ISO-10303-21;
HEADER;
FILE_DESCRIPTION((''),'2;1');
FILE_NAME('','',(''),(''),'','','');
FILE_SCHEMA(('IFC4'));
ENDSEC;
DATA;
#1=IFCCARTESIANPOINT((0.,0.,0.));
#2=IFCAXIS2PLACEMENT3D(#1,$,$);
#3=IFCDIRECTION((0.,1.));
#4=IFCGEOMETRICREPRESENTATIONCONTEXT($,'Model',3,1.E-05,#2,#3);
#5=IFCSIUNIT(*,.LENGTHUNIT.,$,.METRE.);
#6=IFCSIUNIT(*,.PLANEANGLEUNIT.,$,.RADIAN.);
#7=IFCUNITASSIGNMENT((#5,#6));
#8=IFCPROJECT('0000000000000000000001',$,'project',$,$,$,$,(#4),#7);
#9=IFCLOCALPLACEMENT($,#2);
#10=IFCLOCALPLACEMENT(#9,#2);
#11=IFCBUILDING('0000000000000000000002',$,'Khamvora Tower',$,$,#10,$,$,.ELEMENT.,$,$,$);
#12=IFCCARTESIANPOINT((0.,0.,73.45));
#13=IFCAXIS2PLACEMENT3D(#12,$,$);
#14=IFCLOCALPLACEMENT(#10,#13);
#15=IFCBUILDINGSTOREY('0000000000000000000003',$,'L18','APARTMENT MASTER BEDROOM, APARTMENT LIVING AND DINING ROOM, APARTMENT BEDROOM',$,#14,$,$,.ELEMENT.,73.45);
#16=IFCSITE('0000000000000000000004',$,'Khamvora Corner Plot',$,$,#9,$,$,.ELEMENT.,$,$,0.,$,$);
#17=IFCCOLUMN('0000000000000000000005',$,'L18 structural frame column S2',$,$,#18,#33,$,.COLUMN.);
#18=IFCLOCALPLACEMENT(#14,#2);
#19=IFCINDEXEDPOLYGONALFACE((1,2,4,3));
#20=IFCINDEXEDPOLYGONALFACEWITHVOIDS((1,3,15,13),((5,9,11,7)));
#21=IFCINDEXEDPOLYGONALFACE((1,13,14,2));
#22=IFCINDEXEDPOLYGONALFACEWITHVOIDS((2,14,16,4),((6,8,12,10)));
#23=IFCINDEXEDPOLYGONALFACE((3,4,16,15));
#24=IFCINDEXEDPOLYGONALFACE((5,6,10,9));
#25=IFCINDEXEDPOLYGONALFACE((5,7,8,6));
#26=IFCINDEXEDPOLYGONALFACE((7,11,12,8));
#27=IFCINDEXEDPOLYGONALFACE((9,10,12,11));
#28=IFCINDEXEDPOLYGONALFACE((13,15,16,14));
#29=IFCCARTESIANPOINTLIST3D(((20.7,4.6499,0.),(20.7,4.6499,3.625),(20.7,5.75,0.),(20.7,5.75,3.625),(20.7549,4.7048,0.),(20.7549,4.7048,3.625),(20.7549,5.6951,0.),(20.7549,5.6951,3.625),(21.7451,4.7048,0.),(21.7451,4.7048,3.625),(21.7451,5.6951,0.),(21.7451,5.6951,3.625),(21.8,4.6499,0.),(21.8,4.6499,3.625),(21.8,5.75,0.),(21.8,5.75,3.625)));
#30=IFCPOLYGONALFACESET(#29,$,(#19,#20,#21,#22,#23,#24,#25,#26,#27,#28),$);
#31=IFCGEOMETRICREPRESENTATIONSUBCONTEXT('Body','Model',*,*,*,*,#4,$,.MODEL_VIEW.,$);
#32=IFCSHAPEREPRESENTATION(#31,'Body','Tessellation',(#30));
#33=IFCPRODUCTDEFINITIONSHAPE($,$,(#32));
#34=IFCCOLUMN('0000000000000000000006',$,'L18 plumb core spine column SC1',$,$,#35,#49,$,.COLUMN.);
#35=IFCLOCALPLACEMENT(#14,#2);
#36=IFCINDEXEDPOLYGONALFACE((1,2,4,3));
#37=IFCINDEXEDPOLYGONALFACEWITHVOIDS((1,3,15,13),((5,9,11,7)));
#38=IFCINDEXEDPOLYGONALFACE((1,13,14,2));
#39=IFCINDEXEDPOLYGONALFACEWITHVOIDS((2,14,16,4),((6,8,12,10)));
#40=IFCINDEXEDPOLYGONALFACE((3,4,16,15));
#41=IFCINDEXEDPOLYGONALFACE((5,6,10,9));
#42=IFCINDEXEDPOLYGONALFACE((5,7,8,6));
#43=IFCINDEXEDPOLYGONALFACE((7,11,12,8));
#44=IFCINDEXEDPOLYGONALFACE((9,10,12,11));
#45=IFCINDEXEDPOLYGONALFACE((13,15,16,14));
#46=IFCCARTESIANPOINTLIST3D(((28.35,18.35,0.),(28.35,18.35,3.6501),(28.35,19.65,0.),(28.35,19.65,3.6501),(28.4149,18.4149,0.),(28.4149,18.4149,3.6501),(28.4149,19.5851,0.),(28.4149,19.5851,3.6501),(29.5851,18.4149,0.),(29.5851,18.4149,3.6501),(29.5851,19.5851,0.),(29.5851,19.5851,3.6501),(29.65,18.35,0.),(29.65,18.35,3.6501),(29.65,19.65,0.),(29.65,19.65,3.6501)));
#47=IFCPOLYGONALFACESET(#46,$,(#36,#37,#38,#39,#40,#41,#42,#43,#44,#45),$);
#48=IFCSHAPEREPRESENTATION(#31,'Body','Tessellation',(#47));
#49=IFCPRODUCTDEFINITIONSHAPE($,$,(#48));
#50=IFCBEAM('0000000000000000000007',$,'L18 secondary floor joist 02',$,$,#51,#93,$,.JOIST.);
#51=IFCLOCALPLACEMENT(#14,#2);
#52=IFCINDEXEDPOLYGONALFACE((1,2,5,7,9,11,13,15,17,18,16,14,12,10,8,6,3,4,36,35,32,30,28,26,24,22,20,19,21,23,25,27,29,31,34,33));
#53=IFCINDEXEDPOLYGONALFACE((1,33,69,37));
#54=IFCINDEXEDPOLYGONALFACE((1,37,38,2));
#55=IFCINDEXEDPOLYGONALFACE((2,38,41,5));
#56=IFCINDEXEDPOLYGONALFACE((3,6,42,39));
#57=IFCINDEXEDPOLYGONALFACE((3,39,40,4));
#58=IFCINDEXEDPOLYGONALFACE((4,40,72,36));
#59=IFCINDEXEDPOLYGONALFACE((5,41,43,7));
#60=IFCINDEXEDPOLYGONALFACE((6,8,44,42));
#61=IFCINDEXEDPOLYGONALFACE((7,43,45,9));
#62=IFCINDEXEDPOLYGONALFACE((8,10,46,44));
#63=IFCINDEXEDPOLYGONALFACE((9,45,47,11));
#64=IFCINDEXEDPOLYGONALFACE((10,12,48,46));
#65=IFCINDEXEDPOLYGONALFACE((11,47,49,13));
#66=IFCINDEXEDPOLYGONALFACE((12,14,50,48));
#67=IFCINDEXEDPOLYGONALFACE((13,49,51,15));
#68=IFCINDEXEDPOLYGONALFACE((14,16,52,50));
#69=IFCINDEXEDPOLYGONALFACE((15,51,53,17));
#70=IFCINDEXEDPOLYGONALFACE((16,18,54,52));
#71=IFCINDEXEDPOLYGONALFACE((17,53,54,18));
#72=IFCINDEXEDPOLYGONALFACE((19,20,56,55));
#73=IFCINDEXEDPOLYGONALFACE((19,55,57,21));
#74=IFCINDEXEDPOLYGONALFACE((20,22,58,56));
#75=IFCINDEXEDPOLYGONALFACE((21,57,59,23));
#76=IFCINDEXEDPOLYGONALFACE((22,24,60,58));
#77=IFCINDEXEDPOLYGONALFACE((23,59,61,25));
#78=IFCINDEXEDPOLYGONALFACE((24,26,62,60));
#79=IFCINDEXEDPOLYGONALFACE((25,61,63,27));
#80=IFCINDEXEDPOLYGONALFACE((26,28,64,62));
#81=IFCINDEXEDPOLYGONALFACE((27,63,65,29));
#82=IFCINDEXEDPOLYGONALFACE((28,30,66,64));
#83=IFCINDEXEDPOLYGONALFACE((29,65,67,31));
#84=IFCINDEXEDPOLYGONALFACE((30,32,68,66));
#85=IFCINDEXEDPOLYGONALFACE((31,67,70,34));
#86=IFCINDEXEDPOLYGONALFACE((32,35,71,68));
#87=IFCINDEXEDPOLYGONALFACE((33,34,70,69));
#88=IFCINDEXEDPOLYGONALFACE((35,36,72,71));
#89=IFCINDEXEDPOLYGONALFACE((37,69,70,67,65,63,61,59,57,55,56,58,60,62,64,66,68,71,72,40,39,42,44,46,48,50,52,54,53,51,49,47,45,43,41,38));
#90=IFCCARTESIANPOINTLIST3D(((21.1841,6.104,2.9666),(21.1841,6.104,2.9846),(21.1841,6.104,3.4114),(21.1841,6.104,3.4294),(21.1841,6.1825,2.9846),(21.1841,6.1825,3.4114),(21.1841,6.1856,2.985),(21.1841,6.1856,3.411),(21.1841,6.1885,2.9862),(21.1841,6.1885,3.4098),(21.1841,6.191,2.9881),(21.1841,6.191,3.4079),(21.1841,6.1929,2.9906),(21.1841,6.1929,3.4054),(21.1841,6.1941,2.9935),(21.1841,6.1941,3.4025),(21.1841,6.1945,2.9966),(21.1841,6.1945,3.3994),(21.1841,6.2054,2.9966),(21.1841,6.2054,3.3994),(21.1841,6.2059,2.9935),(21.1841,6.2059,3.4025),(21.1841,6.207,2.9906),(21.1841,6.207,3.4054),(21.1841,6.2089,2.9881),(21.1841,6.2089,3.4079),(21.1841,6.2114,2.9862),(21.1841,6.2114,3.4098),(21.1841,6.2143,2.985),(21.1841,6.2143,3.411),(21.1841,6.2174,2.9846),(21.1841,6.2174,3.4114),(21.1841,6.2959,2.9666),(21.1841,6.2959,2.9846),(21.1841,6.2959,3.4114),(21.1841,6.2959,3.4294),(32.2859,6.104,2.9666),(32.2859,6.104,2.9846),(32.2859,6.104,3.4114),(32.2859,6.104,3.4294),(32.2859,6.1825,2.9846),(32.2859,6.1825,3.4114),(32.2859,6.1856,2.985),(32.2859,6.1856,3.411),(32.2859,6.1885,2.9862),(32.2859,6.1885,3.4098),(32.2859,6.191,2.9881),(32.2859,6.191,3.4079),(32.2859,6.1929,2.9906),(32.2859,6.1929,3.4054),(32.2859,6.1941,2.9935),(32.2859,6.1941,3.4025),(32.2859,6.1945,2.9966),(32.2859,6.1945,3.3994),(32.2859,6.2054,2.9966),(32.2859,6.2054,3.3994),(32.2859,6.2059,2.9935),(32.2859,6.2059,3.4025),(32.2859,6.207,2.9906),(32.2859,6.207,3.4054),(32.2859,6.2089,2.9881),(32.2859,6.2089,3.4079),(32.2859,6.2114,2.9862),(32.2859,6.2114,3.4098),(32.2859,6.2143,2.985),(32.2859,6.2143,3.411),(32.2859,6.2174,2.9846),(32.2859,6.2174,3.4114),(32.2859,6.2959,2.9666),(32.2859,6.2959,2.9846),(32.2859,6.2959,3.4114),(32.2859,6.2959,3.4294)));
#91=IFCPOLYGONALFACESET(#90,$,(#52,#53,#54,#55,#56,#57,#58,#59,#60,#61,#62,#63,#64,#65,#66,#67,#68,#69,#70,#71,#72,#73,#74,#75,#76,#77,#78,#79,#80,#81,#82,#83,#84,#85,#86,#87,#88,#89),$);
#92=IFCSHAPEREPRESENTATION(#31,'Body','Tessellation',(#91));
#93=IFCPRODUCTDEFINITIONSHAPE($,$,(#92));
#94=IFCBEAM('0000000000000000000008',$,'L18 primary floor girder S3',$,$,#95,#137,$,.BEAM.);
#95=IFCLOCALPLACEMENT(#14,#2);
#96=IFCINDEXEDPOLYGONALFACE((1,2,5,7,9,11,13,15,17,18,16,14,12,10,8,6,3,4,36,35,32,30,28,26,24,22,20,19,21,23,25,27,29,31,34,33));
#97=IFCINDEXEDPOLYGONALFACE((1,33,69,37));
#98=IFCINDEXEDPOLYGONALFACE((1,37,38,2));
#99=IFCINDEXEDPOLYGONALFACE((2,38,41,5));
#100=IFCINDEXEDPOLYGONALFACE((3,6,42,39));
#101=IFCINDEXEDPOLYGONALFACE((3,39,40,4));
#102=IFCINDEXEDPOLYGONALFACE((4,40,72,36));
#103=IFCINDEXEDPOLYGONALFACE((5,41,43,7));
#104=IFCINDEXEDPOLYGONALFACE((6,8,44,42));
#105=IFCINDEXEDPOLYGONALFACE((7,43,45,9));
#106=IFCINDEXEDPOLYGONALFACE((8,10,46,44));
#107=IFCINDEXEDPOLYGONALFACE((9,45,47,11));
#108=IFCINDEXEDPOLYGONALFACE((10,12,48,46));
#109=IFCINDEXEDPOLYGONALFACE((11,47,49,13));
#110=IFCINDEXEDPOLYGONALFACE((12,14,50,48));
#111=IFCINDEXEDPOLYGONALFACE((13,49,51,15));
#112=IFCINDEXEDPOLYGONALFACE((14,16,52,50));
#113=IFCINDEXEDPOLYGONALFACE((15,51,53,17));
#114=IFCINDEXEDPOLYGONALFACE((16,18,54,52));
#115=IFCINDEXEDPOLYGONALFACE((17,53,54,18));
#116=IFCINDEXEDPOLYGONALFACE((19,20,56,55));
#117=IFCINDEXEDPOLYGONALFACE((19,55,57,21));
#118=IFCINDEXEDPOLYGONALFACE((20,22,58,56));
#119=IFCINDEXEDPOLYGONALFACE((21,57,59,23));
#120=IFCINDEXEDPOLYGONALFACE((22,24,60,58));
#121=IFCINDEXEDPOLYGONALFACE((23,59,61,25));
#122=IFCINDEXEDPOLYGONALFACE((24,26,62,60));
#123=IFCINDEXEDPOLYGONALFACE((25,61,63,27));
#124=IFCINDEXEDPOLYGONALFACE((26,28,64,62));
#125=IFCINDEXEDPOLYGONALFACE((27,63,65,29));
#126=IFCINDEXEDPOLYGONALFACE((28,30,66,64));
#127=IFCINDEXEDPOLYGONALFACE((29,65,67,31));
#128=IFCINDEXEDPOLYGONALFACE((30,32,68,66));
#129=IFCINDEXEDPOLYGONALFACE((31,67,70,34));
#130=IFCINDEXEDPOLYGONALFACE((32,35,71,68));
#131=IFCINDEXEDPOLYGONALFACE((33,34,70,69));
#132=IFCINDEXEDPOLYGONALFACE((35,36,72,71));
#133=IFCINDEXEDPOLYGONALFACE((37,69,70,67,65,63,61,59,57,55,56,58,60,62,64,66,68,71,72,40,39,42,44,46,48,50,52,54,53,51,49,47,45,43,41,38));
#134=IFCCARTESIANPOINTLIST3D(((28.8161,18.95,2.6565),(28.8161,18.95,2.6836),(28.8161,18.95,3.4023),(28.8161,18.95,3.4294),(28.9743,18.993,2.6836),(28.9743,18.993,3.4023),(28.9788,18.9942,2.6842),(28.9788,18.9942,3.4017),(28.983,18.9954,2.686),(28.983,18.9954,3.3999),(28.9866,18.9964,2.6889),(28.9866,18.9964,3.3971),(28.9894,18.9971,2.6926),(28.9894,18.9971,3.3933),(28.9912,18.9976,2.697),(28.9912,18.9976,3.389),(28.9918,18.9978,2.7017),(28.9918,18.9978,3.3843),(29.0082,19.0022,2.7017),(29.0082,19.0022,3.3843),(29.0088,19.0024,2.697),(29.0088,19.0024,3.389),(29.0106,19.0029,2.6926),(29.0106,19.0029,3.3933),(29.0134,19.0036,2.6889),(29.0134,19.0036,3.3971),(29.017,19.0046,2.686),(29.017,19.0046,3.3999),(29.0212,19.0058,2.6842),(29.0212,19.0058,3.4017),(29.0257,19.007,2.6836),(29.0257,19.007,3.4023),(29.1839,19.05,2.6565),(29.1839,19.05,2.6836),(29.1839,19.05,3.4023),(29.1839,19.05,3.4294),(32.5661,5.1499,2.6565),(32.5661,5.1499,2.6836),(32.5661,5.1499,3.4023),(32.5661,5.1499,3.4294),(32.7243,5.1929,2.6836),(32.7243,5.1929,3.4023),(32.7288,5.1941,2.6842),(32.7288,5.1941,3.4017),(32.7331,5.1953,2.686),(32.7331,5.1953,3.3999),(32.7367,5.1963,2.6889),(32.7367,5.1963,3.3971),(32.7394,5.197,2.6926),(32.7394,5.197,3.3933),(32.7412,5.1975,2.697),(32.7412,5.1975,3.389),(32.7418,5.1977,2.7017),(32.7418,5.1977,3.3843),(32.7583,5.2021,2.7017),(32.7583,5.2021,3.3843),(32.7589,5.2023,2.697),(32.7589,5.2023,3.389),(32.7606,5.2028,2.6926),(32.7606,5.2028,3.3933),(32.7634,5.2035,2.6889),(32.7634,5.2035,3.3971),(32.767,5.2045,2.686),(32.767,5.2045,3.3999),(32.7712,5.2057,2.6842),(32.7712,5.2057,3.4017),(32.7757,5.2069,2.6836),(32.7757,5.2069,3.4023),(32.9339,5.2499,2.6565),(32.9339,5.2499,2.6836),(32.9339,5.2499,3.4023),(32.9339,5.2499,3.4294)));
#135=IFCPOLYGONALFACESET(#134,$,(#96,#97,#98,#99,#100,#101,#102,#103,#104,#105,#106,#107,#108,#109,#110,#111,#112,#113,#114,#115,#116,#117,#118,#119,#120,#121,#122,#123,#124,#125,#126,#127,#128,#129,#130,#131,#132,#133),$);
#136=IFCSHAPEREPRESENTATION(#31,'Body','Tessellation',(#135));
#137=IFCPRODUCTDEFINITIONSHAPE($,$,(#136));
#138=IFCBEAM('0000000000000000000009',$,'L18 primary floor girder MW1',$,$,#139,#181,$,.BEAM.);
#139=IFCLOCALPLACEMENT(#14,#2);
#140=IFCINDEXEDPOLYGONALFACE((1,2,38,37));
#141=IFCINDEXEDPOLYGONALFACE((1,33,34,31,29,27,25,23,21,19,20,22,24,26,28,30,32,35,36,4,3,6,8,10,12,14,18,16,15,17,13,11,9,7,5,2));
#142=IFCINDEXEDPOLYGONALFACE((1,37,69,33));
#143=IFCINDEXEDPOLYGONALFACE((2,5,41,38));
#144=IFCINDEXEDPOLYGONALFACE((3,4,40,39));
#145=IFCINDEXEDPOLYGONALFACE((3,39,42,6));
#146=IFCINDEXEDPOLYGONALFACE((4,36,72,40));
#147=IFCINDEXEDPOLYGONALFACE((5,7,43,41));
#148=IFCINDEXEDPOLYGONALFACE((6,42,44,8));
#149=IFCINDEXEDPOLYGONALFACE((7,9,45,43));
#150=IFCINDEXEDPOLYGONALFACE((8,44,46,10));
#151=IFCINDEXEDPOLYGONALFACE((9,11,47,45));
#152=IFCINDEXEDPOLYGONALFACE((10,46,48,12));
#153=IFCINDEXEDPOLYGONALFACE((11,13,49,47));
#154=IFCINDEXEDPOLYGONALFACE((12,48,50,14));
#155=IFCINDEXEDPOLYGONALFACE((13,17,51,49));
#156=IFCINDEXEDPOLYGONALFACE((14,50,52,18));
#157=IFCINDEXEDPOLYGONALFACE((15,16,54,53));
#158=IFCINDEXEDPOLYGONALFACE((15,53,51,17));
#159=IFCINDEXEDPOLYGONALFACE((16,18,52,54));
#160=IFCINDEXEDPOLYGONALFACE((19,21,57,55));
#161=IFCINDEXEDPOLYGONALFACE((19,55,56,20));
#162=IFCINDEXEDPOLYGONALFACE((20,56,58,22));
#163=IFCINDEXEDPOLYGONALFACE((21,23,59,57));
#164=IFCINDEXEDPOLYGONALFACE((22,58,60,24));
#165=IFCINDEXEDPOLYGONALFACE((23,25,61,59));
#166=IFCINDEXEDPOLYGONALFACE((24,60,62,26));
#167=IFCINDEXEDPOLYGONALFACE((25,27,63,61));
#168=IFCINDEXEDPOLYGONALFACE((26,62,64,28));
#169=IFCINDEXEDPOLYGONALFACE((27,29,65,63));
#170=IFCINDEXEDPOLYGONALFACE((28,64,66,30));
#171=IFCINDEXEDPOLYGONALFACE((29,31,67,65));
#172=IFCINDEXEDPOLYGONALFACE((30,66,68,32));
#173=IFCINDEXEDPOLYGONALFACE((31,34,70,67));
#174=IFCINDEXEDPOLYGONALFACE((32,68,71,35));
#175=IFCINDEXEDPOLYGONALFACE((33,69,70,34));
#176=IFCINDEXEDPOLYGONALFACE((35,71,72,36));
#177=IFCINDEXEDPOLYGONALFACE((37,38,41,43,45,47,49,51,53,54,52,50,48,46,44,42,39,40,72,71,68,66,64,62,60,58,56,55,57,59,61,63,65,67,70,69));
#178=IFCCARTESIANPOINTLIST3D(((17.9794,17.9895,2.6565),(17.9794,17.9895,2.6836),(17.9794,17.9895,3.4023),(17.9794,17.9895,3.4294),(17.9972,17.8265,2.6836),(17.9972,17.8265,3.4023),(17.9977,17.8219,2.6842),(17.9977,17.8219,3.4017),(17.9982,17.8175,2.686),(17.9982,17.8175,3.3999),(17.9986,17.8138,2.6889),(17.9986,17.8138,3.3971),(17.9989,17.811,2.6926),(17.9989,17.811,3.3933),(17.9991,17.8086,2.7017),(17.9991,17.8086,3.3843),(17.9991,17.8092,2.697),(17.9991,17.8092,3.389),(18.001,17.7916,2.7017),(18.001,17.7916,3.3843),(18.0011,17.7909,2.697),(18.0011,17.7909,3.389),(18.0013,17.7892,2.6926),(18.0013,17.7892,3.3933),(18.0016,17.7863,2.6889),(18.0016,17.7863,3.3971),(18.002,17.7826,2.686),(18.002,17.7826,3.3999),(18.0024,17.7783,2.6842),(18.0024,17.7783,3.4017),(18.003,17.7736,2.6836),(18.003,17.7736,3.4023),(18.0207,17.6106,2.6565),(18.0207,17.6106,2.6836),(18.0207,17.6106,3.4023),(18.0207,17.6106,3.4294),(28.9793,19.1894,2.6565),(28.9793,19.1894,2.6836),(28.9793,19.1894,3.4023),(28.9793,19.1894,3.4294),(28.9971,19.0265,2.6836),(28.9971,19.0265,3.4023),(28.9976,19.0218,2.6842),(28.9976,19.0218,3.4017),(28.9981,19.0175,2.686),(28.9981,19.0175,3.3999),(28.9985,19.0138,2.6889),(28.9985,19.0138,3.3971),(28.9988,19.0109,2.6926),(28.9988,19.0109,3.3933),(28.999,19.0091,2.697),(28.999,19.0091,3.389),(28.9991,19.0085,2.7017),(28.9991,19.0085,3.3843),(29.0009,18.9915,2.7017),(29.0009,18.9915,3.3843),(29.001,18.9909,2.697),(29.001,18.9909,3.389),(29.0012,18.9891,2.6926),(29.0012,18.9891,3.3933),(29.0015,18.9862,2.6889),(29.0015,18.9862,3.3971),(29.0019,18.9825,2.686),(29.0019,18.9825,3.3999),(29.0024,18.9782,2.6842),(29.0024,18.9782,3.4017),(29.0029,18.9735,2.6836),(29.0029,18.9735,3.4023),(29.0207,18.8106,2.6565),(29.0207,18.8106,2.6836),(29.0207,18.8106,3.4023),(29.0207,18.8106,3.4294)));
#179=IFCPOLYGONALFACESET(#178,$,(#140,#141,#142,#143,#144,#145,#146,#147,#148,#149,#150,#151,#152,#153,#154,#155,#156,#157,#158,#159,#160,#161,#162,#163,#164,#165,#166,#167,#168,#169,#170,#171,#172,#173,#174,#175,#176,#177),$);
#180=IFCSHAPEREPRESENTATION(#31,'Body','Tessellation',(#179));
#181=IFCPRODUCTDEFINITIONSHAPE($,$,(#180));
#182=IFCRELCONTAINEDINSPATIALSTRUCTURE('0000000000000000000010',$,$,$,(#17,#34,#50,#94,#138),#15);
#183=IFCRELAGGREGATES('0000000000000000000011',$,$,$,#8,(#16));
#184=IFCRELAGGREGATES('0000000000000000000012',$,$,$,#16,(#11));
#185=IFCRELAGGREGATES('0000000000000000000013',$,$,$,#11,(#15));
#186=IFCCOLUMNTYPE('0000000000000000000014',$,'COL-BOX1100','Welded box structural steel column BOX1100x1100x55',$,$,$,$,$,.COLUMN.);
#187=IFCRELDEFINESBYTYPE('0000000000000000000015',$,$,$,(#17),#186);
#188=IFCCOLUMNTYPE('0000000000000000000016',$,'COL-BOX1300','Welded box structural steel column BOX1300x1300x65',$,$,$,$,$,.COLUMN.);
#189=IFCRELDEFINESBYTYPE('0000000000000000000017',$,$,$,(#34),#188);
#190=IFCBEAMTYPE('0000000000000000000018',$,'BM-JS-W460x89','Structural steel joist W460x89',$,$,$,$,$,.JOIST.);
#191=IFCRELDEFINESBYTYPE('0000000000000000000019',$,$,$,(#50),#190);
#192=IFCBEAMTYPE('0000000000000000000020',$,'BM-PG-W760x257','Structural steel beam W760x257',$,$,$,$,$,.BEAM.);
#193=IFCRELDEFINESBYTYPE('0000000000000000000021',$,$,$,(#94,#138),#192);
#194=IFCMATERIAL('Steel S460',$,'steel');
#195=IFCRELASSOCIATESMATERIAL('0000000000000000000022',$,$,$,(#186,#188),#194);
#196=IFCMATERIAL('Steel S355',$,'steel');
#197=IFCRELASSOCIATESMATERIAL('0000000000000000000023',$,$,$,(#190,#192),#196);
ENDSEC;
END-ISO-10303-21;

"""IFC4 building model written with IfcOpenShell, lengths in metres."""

from ifc_helpers import new_model, si_unit, direction, frame, origin, origin_2d, place, context, subcontext, project, spatial, hollow_rectangle, i_section, extrude, material, material_profile, profile_set, type_object, element, save


model = new_model("IFC4")

# Units and contexts
model_context = context("Model", 3, precision=1e-05, world=origin(), true_north=direction((0.0, 1.0)))
body_context = subcontext(model_context, "Body", "Model", "MODEL_VIEW")
ifc_project = project(units=[si_unit("LENGTHUNIT", "METRE"), si_unit("PLANEANGLEUNIT", "RADIAN")], contexts=[model_context])

# Site, building, storey
site_placement = place(None, origin())
site = spatial("IfcSite", under=ifc_project, at=site_placement, Name="Khamvora Corner Plot", CompositionType="ELEMENT", RefElevation=0.0)
building_placement = place(site_placement, origin())
building = spatial("IfcBuilding", under=site, at=building_placement, Name="Khamvora Tower", CompositionType="ELEMENT")
storey_placement = place(building_placement, frame((0.0, 0.0, 73.45)))
storey = spatial("IfcBuildingStorey", under=building, at=storey_placement, Name="L18", Description="APARTMENT MASTER BEDROOM, APARTMENT LIVING AND DINING ROOM, APARTMENT BEDROOM", CompositionType="ELEMENT", Elevation=73.45)

# Columns
ifc_material_1 = material(Name="Steel S460", Category="steel")
ifc_material_profile_1 = material_profile(ifc_material_1, hollow_rectangle(XDim=1.1001, YDim=1.1001, WallThickness=0.0549, at=origin_2d()), Name="BOX1100x1100x55")
ifc_profile_set_1 = profile_set([ifc_material_profile_1], Name="Steel S460")
column_type_1 = type_object("IfcColumnType", Name="COL-BOX1100", Description="Welded box structural steel column BOX1100x1100x55", PredefinedType="COLUMN", material=ifc_profile_set_1)
column_1_placement = place(storey_placement, frame((21.25, 5.2, 0.0), z_axis=(0.0, 0.0, 1.0), x_axis=(1.0, 0.0, 0.0)))
element("IfcColumn", 1, at=column_1_placement, inside=storey, type_object=column_type_1, Name="L18 structural frame column S2", PredefinedType="COLUMN", context=body_context, shape_type="SweptSolid", body=[
    extrude(hollow_rectangle(XDim=1.1001, YDim=1.1001, WallThickness=0.0549, at=origin_2d()), origin(), (0.0, 0.0, 1.0), 3.625),
])
ifc_material_profile_2 = material_profile(ifc_material_1, hollow_rectangle(XDim=1.3, YDim=1.3, WallThickness=0.0649, at=origin_2d()), Name="BOX1300x1300x65")
ifc_profile_set_2 = profile_set([ifc_material_profile_2], Name="Steel S460")
column_type_2 = type_object("IfcColumnType", Name="COL-BOX1300", Description="Welded box structural steel column BOX1300x1300x65", PredefinedType="COLUMN", material=ifc_profile_set_2)
column_2_placement = place(storey_placement, frame((29.0, 19.0, 0.0), z_axis=(0.0, 0.0, 1.0), x_axis=(1.0, 0.0, 0.0)))
element("IfcColumn", 2, at=column_2_placement, inside=storey, type_object=column_type_2, Name="L18 plumb core spine column SC1", PredefinedType="COLUMN", context=body_context, shape_type="SweptSolid", body=[
    extrude(hollow_rectangle(XDim=1.3, YDim=1.3, WallThickness=0.0649, at=origin_2d()), origin(), (0.0, 0.0, 1.0), 3.6501),
])

# Beams
ifc_material_2 = material(Name="Steel S355", Category="steel")
ifc_material_profile_3 = material_profile(ifc_material_2, i_section(OverallWidth=0.1919, OverallDepth=0.4629, WebThickness=0.011, FlangeThickness=0.0181, FilletRadius=0.012, at=origin_2d()), Name="W460x89")
ifc_profile_set_3 = profile_set([ifc_material_profile_3], Name="Steel S355")
beam_type_1 = type_object("IfcBeamType", Name="BM-JS-W460x89", Description="Structural steel joist W460x89", PredefinedType="JOIST", material=ifc_profile_set_3)
beam_1_placement = place(storey_placement, frame((21.1841, 6.2, 3.198), z_axis=(1.0, 0.0, 0.0), x_axis=(0.0, 1.0, 0.0)))
element("IfcBeam", 3, at=beam_1_placement, inside=storey, type_object=beam_type_1, Name="L18 secondary floor joist 02", PredefinedType="JOIST", context=body_context, shape_type="SweptSolid", body=[
    extrude(i_section(OverallWidth=0.1919, OverallDepth=0.4629, WebThickness=0.011, FlangeThickness=0.0181, FilletRadius=0.012, at=origin_2d()), origin(), (0.0, 0.0, 1.0), 11.1018),
])
ifc_material_profile_4 = material_profile(ifc_material_2, i_section(OverallWidth=0.3811, OverallDepth=0.7729, WebThickness=0.0171, FlangeThickness=0.0271, FilletRadius=0.0181, at=origin_2d()), Name="W760x257")
ifc_profile_set_4 = profile_set([ifc_material_profile_4], Name="Steel S355")
beam_type_2 = type_object("IfcBeamType", Name="BM-PG-W760x257", Description="Structural steel beam W760x257", PredefinedType="BEAM", material=ifc_profile_set_4)
beam_2_placement = place(storey_placement, frame((29.0, 19.0, 3.043), z_axis=(0.262229, -0.965006, 0.0), x_axis=(0.965006, 0.262229, 0.0)))
element("IfcBeam", 4, at=beam_2_placement, inside=storey, type_object=beam_type_2, Name="L18 primary floor girder S3", PredefinedType="BEAM", context=body_context, shape_type="SweptSolid", body=[
    extrude(i_section(OverallWidth=0.3811, OverallDepth=0.7729, WebThickness=0.0171, FlangeThickness=0.0271, FilletRadius=0.0181, at=origin_2d()), origin(), (0.0, 0.0, 1.0), 14.3005),
])
beam_3_placement = place(storey_placement, frame((29.0, 19.0, 3.043), z_axis=(-0.994103, -0.108443, 0.0), x_axis=(0.108443, -0.994103, 0.0)))
element("IfcBeam", 5, at=beam_3_placement, inside=storey, type_object=beam_type_2, Name="L18 primary floor girder MW1", PredefinedType="BEAM", context=body_context, shape_type="SweptSolid", body=[
    extrude(i_section(OverallWidth=0.3811, OverallDepth=0.7729, WebThickness=0.0171, FlangeThickness=0.0271, FilletRadius=0.0181, at=origin_2d()), origin(), (0.0, 0.0, 1.0), 11.0652),
])

save(model, "model.ifc")
